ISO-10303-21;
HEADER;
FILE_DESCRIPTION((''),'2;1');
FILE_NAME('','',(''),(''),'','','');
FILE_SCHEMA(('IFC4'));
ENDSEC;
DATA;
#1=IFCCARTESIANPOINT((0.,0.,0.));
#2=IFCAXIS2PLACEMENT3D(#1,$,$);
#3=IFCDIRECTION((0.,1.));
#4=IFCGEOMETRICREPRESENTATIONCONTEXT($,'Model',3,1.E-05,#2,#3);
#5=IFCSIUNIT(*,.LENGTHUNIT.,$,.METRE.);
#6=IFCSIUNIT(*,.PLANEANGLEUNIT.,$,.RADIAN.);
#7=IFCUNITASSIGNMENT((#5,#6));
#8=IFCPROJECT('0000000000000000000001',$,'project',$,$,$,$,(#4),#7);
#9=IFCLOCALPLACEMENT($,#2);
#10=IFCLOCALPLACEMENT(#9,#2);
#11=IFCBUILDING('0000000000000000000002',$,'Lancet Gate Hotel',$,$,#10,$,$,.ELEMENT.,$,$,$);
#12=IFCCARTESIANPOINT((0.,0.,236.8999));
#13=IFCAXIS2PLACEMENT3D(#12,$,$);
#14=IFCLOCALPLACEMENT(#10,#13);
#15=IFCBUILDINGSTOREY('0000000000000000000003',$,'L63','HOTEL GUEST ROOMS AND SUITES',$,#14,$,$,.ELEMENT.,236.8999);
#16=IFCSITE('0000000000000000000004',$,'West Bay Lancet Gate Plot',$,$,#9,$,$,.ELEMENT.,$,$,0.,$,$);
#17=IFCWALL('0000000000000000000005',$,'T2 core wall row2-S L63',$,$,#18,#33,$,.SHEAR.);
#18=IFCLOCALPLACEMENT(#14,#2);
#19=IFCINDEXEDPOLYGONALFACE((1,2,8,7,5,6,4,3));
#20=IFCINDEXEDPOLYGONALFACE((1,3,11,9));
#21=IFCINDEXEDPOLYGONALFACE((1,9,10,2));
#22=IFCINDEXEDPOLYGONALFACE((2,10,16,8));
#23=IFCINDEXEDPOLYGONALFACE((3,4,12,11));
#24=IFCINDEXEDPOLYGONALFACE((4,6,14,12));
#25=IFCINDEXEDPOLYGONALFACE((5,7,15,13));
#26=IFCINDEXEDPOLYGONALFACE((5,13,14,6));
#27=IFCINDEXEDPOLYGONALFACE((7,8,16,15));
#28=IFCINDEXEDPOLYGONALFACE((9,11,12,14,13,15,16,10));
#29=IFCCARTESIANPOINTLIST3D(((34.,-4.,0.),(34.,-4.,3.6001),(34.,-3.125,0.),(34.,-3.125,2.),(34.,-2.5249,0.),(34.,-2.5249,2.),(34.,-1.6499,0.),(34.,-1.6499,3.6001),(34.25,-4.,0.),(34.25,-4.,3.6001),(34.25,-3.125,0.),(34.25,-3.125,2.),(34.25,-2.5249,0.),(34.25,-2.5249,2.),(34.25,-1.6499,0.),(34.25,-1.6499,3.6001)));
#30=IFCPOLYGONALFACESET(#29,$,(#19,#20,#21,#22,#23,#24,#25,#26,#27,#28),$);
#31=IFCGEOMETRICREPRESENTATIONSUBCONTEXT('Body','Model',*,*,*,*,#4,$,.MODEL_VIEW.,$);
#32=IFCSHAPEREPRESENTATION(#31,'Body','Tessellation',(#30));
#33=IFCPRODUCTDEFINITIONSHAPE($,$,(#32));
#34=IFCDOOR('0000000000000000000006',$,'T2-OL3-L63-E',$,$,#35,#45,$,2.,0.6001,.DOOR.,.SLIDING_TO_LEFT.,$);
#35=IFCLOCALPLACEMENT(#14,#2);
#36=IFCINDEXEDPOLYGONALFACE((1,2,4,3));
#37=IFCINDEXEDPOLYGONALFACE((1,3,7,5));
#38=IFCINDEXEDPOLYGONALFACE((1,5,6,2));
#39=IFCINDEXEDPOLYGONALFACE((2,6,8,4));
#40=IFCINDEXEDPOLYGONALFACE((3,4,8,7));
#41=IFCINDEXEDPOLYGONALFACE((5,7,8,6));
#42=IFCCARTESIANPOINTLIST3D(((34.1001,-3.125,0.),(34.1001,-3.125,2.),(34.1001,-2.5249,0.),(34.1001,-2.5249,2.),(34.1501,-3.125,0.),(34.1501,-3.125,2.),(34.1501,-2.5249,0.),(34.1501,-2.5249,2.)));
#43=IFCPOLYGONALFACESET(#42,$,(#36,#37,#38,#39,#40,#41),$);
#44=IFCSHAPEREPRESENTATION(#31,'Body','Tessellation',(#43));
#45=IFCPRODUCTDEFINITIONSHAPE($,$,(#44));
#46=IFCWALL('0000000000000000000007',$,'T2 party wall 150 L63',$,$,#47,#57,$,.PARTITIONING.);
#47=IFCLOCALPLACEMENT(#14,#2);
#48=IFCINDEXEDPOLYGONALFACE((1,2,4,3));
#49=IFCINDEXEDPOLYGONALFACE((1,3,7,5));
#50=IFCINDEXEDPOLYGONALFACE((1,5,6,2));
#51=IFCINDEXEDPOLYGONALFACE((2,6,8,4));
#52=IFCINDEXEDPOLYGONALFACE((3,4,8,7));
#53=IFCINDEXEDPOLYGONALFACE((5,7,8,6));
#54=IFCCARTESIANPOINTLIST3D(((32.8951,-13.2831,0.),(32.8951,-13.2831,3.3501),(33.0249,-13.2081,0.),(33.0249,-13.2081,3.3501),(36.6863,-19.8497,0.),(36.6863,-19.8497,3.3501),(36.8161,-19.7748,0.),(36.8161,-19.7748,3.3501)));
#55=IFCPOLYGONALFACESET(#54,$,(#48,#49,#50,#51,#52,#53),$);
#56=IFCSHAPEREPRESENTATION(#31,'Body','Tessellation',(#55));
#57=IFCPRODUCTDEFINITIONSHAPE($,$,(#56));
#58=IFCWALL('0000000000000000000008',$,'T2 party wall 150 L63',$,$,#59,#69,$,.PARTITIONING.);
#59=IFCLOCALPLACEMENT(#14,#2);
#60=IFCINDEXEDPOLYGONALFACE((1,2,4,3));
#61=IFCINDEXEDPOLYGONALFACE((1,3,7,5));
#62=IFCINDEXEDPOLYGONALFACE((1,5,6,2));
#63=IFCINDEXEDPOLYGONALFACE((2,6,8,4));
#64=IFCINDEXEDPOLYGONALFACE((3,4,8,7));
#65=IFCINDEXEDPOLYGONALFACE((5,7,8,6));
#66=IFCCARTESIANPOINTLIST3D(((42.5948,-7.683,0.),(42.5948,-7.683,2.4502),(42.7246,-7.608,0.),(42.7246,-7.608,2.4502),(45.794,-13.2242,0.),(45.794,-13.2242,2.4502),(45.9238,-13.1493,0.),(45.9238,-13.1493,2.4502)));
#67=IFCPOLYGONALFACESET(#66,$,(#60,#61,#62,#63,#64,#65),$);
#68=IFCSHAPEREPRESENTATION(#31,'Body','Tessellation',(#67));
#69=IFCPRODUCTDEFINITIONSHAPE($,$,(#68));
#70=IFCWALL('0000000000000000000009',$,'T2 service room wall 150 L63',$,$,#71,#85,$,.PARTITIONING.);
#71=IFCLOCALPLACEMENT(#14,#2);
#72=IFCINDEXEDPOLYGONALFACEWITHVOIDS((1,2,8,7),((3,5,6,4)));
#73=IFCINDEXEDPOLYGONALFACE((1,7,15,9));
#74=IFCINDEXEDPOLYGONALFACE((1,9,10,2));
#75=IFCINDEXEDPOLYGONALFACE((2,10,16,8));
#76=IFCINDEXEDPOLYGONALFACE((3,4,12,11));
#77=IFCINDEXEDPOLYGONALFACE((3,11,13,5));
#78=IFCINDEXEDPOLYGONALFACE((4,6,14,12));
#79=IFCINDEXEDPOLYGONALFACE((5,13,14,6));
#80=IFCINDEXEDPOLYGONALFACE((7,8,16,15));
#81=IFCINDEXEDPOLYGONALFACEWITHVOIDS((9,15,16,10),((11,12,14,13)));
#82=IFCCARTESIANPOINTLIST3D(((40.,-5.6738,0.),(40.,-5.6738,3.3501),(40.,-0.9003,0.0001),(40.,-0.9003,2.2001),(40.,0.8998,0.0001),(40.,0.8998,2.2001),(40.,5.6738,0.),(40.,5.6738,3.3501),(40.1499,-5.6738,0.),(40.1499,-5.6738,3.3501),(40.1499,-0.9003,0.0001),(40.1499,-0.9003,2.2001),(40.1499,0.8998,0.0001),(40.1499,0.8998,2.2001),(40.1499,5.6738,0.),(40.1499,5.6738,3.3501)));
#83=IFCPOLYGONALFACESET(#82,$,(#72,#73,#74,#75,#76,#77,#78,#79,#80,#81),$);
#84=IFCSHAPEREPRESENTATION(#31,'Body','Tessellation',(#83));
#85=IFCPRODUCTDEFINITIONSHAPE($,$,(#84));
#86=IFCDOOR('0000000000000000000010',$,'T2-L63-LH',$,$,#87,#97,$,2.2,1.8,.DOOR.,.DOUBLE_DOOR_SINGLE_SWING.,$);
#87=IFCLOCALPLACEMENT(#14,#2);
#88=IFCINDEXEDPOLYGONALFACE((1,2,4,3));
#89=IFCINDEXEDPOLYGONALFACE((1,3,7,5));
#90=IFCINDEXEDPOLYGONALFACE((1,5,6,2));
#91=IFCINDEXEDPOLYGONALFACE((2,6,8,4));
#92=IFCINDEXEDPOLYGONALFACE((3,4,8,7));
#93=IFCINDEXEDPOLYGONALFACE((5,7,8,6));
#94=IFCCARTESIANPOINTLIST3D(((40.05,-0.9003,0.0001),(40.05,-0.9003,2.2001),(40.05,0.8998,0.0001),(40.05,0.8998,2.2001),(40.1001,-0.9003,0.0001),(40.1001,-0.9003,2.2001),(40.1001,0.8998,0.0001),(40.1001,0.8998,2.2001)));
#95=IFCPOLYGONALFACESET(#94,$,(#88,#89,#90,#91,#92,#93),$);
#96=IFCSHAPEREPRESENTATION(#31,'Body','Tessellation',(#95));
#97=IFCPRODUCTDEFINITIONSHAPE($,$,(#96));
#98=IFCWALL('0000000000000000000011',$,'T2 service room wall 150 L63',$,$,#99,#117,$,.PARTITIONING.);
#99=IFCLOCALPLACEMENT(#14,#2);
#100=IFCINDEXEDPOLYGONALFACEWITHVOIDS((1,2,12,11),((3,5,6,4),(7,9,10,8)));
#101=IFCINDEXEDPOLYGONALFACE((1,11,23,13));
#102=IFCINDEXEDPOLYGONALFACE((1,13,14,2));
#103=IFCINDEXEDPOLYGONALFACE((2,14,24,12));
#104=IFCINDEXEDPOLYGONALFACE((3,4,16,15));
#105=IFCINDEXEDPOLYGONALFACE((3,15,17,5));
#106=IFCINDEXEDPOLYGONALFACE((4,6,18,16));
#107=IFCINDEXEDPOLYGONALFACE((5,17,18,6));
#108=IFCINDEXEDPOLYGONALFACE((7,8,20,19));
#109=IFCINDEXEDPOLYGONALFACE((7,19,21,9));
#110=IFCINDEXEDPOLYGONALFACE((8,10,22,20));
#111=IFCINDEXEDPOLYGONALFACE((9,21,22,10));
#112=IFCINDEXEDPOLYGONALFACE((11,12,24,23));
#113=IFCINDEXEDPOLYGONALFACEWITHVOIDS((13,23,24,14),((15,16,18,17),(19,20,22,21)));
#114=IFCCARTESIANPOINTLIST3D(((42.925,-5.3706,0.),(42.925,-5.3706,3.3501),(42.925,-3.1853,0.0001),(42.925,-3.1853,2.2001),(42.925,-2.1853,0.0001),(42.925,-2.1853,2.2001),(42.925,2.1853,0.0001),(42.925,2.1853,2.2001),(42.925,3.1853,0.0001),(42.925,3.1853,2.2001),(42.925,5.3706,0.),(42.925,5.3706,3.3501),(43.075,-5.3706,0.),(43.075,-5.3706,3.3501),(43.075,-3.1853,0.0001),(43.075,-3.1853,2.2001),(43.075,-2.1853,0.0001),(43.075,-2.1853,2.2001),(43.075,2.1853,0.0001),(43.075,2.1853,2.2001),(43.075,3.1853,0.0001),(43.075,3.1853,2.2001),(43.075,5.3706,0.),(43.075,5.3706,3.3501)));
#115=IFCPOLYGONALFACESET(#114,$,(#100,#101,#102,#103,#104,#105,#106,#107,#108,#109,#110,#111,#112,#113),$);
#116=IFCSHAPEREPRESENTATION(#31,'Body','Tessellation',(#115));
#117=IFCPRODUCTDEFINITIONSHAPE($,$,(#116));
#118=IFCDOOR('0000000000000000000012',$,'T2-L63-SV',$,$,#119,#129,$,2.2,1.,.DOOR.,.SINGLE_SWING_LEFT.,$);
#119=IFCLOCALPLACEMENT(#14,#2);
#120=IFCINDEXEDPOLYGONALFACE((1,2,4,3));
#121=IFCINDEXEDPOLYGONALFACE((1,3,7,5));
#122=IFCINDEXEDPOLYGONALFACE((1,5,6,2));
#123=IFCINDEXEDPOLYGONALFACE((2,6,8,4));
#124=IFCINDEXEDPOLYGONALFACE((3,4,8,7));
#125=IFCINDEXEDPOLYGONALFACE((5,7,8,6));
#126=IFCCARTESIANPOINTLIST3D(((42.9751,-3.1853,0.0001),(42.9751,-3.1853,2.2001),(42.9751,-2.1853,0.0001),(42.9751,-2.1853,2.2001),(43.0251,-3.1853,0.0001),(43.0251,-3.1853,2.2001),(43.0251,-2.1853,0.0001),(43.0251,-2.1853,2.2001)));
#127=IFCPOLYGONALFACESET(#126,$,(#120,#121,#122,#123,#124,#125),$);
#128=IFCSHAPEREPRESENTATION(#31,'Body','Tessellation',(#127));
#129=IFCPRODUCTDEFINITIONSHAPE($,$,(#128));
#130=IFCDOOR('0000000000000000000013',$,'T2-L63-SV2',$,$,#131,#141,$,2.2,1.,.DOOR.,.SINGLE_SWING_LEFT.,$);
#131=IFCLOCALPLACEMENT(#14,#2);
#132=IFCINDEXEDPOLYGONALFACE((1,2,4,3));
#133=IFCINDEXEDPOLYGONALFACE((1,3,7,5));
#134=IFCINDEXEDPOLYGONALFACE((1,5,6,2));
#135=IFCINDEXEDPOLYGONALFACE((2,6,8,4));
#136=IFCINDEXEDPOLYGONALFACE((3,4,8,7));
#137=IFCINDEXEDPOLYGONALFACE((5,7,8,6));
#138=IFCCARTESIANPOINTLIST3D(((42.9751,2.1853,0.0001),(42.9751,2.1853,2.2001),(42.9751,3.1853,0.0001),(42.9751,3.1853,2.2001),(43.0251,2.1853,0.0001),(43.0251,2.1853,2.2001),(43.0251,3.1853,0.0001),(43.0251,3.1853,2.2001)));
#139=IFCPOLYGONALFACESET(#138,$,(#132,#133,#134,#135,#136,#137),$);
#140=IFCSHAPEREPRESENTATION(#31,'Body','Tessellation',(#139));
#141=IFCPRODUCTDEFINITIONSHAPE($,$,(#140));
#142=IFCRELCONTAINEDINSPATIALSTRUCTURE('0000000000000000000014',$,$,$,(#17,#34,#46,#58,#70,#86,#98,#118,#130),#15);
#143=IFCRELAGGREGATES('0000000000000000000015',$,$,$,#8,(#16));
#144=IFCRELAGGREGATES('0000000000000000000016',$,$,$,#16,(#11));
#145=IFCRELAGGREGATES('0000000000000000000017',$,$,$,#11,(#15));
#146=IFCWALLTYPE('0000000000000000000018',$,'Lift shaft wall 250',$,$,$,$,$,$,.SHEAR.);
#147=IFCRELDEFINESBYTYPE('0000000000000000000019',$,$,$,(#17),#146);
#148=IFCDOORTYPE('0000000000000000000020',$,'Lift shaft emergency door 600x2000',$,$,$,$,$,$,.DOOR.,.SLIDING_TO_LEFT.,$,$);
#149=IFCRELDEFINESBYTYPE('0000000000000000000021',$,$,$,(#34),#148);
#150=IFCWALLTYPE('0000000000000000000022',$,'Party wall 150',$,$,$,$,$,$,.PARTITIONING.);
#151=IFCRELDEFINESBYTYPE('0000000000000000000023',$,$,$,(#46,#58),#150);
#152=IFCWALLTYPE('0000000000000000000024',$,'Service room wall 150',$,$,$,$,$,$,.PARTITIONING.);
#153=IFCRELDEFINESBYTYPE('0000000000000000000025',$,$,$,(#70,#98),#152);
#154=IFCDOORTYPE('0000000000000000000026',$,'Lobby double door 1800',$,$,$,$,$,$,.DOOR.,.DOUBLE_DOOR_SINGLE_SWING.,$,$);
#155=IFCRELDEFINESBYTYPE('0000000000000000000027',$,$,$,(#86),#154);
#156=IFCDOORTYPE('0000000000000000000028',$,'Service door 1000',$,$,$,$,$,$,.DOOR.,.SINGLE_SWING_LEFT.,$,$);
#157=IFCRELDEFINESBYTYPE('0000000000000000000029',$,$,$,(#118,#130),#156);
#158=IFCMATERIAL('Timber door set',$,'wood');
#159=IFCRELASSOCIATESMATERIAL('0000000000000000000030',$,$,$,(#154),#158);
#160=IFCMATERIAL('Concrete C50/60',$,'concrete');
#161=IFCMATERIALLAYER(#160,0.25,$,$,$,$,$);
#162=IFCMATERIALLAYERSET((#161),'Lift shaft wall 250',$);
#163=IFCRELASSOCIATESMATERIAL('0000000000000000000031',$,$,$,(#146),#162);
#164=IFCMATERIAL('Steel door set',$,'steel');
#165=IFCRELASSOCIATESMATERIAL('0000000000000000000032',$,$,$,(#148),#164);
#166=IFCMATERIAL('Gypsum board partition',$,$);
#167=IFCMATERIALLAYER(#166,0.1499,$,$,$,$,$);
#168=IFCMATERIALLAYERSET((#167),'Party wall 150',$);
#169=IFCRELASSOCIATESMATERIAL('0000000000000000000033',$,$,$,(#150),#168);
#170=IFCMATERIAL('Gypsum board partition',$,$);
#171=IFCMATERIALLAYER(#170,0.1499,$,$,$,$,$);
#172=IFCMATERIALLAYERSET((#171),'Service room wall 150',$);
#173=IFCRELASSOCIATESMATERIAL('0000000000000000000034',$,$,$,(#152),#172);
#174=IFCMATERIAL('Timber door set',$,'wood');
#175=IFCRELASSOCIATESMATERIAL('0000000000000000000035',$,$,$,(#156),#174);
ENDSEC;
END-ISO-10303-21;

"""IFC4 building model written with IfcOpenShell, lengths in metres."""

from ifc_helpers import new_model, si_unit, direction, frame, frame_2d, origin, place, context, subcontext, project, spatial, rectangle, extrude, material, layer, layer_set, type_object, element, fill, save


model = new_model("IFC4")

# Units and contexts
model_context = context("Model", 3, precision=1e-05, world=origin(), true_north=direction((0.0, 1.0)))
body_context = subcontext(model_context, "Body", "Model", "MODEL_VIEW")
ifc_project = project(units=[si_unit("LENGTHUNIT", "METRE"), si_unit("PLANEANGLEUNIT", "RADIAN")], contexts=[model_context])

# Site, building, storey
site_placement = place(None, origin())
site = spatial("IfcSite", under=ifc_project, at=site_placement, Name="West Bay Lancet Gate Plot", CompositionType="ELEMENT", RefElevation=0.0)
building_placement = place(site_placement, origin())
building = spatial("IfcBuilding", under=site, at=building_placement, Name="Lancet Gate Hotel", CompositionType="ELEMENT")
storey_placement = place(building_placement, frame((0.0, 0.0, 236.8999)))
storey = spatial("IfcBuildingStorey", under=building, at=storey_placement, Name="L63", Description="HOTEL GUEST ROOMS AND SUITES", CompositionType="ELEMENT", Elevation=236.8999)

# Wall, opening, door
ifc_material_1 = material(Name="Timber door set", Category="wood")
door_type_1 = type_object("IfcDoorType", Name="Lobby double door 1800", OperationType="DOUBLE_DOOR_SINGLE_SWING", PredefinedType="DOOR", material=ifc_material_1)
ifc_material_2 = material(Name="Concrete C50/60", Category="concrete")
ifc_layer_1 = layer(ifc_material_2, 0.25)
ifc_layer_set_1 = layer_set([ifc_layer_1], Name="Lift shaft wall 250")
wall_type_1 = type_object("IfcWallType", Name="Lift shaft wall 250", PredefinedType="SHEAR", material=ifc_layer_set_1)
wall_1_placement = place(storey_placement, frame((34.125, -4.0, 0.0), z_axis=(0.0, 0.0, 1.0), x_axis=(0.0, 1.0, 0.0)))
wall_1 = element("IfcWall", 1, at=wall_1_placement, inside=storey, type_object=wall_type_1, Name="T2 core wall row2-S L63", PredefinedType="SHEAR", context=body_context, shape_type="SweptSolid", body=[
    extrude(rectangle(XDim=2.3501, YDim=0.25, at=frame_2d((1.175, 0.0))), origin(), (0.0, 0.0, 1.0), 3.6001),
])
opening_1_placement = place(wall_1_placement, frame((0.875, 0.0, 0.0)))
opening_1 = element("IfcOpeningElement", 2, at=opening_1_placement, cuts=wall_1, PredefinedType="OPENING", context=body_context, shape_type="SweptSolid", body=[
    extrude(rectangle(XDim=0.6001, YDim=2.0, at=frame_2d((0.3, 1.0))), frame((0.0, 0.135, 0.0), z_axis=(0.0, -1.0, 0.0), x_axis=(1.0, 0.0, 0.0)), (0.0, 0.0, 1.0), 0.27),
])
ifc_material_3 = material(Name="Steel door set", Category="steel")
door_type_2 = type_object("IfcDoorType", Name="Lift shaft emergency door 600x2000", OperationType="SLIDING_TO_LEFT", PredefinedType="DOOR", material=ifc_material_3)
door_1_placement = place(opening_1_placement, origin())
door_1 = element("IfcDoor", 3, at=door_1_placement, inside=storey, type_object=door_type_2, Name="T2-OL3-L63-E", OperationType="SLIDING_TO_LEFT", OverallHeight=2.0, OverallWidth=0.6001, PredefinedType="DOOR", context=body_context, shape_type="SweptSolid", body=[
    extrude(rectangle(XDim=0.6001, YDim=2.0, at=frame_2d((0.3, 1.0))), frame((0.0, 0.0249, 0.0), z_axis=(0.0, -1.0, 0.0), x_axis=(1.0, 0.0, 0.0)), (0.0, 0.0, 1.0), 0.05),
])
fill(opening_1, door_1)

# Walls
ifc_material_4 = material(Name="Gypsum board partition")
ifc_layer_2 = layer(ifc_material_4, 0.1499)
ifc_layer_set_2 = layer_set([ifc_layer_2], Name="Party wall 150")
wall_type_2 = type_object("IfcWallType", Name="Party wall 150", PredefinedType="PARTITIONING", material=ifc_layer_set_2)
wall_2_placement = place(storey_placement, frame((32.96, -13.2456, 0.0), z_axis=(0.0, 0.0, 1.0), x_axis=(0.5, -0.866025, 0.0)))
element("IfcWall", 4, at=wall_2_placement, inside=storey, type_object=wall_type_2, Name="T2 party wall 150 L63", PredefinedType="PARTITIONING", context=body_context, shape_type="SweptSolid", body=[
    extrude(rectangle(XDim=7.5825, YDim=0.1499, at=frame_2d((3.7913, 0.0))), origin(), (0.0, 0.0, 1.0), 3.3501),
])
wall_3_placement = place(storey_placement, frame((42.6597, -7.6455, 0.0), z_axis=(0.0, 0.0, 1.0), x_axis=(0.499997, -0.866027, 0.0)))
element("IfcWall", 5, at=wall_3_placement, inside=storey, type_object=wall_type_2, Name="T2 party wall 150 L63", PredefinedType="PARTITIONING", context=body_context, shape_type="SweptSolid", body=[
    extrude(rectangle(XDim=6.3984, YDim=0.1499, at=frame_2d((3.1992, 0.0))), origin(), (0.0, 0.0, 1.0), 2.4502),
])

# Wall, opening, door
ifc_material_5 = material(Name="Gypsum board partition")
ifc_layer_3 = layer(ifc_material_5, 0.1499)
ifc_layer_set_3 = layer_set([ifc_layer_3], Name="Service room wall 150")
wall_type_3 = type_object("IfcWallType", Name="Service room wall 150", PredefinedType="PARTITIONING", material=ifc_layer_set_3)
wall_4_placement = place(storey_placement, frame((40.075, -5.6738, 0.0), z_axis=(0.0, 0.0, 1.0), x_axis=(0.0, 1.0, 0.0)))
wall_4 = element("IfcWall", 6, at=wall_4_placement, inside=storey, type_object=wall_type_3, Name="T2 service room wall 150 L63", PredefinedType="PARTITIONING", context=body_context, shape_type="SweptSolid", body=[
    extrude(rectangle(XDim=11.3477, YDim=0.1499, at=frame_2d((5.6738, 0.0))), origin(), (0.0, 0.0, 1.0), 3.3501),
])
opening_2_placement = place(wall_4_placement, frame((4.7737, 0.0, 0.0)))
opening_2 = element("IfcOpeningElement", 7, at=opening_2_placement, cuts=wall_4, PredefinedType="OPENING", context=body_context, shape_type="SweptSolid", body=[
    extrude(rectangle(XDim=1.8, YDim=2.2, at=frame_2d((0.8999, 1.1001))), frame((0.0, 0.085, 0.0), z_axis=(0.0, -1.0, 0.0), x_axis=(1.0, 0.0, 0.0)), (0.0, 0.0, 1.0), 0.1699),
])
door_2_placement = place(opening_2_placement, origin())
door_2 = element("IfcDoor", 8, at=door_2_placement, inside=storey, type_object=door_type_1, Name="T2-L63-LH", OperationType="DOUBLE_DOOR_SINGLE_SWING", OverallHeight=2.2, OverallWidth=1.8, PredefinedType="DOOR", context=body_context, shape_type="SweptSolid", body=[
    extrude(rectangle(XDim=1.8, YDim=2.2, at=frame_2d((0.8999, 1.1001))), frame((0.0, 0.0249, 0.0), z_axis=(0.0, -1.0, 0.0), x_axis=(1.0, 0.0, 0.0)), (0.0, 0.0, 1.0), 0.05),
])
fill(opening_2, door_2)

# Wall, openings, doors
wall_5_placement = place(storey_placement, frame((43.0, -5.3706, 0.0), z_axis=(0.0, 0.0, 1.0), x_axis=(0.0, 1.0, 0.0)))
wall_5 = element("IfcWall", 9, at=wall_5_placement, inside=storey, type_object=wall_type_3, Name="T2 service room wall 150 L63", PredefinedType="PARTITIONING", context=body_context, shape_type="SweptSolid", body=[
    extrude(rectangle(XDim=10.7412, YDim=0.1499, at=frame_2d((5.3706, 0.0))), origin(), (0.0, 0.0, 1.0), 3.3501),
])
opening_3_placement = place(wall_5_placement, frame((2.1853, 0.0, 0.0)))
opening_3 = element("IfcOpeningElement", 10, at=opening_3_placement, cuts=wall_5, PredefinedType="OPENING", context=body_context, shape_type="SweptSolid", body=[
    extrude(rectangle(XDim=1.0, YDim=2.2, at=frame_2d((0.5, 1.1001))), frame((0.0, 0.085, 0.0), z_axis=(0.0, -1.0, 0.0), x_axis=(1.0, 0.0, 0.0)), (0.0, 0.0, 1.0), 0.1699),
])
opening_4_placement = place(wall_5_placement, frame((7.5559, 0.0, 0.0)))
opening_4 = element("IfcOpeningElement", 11, at=opening_4_placement, cuts=wall_5, PredefinedType="OPENING", context=body_context, shape_type="SweptSolid", body=[
    extrude(rectangle(XDim=1.0, YDim=2.2, at=frame_2d((0.5, 1.1001))), frame((0.0, 0.085, 0.0), z_axis=(0.0, -1.0, 0.0), x_axis=(1.0, 0.0, 0.0)), (0.0, 0.0, 1.0), 0.1699),
])
ifc_material_6 = material(Name="Timber door set", Category="wood")
door_type_3 = type_object("IfcDoorType", Name="Service door 1000", OperationType="SINGLE_SWING_LEFT", PredefinedType="DOOR", material=ifc_material_6)
door_3_placement = place(opening_3_placement, origin())
door_3 = element("IfcDoor", 12, at=door_3_placement, inside=storey, type_object=door_type_3, Name="T2-L63-SV", OperationType="SINGLE_SWING_LEFT", OverallHeight=2.2, OverallWidth=1.0, PredefinedType="DOOR", context=body_context, shape_type="SweptSolid", body=[
    extrude(rectangle(XDim=1.0, YDim=2.2, at=frame_2d((0.5, 1.1001))), frame((0.0, 0.0249, 0.0), z_axis=(0.0, -1.0, 0.0), x_axis=(1.0, 0.0, 0.0)), (0.0, 0.0, 1.0), 0.05),
])
fill(opening_3, door_3)
door_4_placement = place(opening_4_placement, origin())
door_4 = element("IfcDoor", 13, at=door_4_placement, inside=storey, type_object=door_type_3, Name="T2-L63-SV2", OperationType="SINGLE_SWING_LEFT", OverallHeight=2.2, OverallWidth=1.0, PredefinedType="DOOR", context=body_context, shape_type="SweptSolid", body=[
    extrude(rectangle(XDim=1.0, YDim=2.2, at=frame_2d((0.5, 1.1001))), frame((0.0, 0.0249, 0.0), z_axis=(0.0, -1.0, 0.0), x_axis=(1.0, 0.0, 0.0)), (0.0, 0.0, 1.0), 0.05),
])
fill(opening_4, door_4)

save(model, "model.ifc")
